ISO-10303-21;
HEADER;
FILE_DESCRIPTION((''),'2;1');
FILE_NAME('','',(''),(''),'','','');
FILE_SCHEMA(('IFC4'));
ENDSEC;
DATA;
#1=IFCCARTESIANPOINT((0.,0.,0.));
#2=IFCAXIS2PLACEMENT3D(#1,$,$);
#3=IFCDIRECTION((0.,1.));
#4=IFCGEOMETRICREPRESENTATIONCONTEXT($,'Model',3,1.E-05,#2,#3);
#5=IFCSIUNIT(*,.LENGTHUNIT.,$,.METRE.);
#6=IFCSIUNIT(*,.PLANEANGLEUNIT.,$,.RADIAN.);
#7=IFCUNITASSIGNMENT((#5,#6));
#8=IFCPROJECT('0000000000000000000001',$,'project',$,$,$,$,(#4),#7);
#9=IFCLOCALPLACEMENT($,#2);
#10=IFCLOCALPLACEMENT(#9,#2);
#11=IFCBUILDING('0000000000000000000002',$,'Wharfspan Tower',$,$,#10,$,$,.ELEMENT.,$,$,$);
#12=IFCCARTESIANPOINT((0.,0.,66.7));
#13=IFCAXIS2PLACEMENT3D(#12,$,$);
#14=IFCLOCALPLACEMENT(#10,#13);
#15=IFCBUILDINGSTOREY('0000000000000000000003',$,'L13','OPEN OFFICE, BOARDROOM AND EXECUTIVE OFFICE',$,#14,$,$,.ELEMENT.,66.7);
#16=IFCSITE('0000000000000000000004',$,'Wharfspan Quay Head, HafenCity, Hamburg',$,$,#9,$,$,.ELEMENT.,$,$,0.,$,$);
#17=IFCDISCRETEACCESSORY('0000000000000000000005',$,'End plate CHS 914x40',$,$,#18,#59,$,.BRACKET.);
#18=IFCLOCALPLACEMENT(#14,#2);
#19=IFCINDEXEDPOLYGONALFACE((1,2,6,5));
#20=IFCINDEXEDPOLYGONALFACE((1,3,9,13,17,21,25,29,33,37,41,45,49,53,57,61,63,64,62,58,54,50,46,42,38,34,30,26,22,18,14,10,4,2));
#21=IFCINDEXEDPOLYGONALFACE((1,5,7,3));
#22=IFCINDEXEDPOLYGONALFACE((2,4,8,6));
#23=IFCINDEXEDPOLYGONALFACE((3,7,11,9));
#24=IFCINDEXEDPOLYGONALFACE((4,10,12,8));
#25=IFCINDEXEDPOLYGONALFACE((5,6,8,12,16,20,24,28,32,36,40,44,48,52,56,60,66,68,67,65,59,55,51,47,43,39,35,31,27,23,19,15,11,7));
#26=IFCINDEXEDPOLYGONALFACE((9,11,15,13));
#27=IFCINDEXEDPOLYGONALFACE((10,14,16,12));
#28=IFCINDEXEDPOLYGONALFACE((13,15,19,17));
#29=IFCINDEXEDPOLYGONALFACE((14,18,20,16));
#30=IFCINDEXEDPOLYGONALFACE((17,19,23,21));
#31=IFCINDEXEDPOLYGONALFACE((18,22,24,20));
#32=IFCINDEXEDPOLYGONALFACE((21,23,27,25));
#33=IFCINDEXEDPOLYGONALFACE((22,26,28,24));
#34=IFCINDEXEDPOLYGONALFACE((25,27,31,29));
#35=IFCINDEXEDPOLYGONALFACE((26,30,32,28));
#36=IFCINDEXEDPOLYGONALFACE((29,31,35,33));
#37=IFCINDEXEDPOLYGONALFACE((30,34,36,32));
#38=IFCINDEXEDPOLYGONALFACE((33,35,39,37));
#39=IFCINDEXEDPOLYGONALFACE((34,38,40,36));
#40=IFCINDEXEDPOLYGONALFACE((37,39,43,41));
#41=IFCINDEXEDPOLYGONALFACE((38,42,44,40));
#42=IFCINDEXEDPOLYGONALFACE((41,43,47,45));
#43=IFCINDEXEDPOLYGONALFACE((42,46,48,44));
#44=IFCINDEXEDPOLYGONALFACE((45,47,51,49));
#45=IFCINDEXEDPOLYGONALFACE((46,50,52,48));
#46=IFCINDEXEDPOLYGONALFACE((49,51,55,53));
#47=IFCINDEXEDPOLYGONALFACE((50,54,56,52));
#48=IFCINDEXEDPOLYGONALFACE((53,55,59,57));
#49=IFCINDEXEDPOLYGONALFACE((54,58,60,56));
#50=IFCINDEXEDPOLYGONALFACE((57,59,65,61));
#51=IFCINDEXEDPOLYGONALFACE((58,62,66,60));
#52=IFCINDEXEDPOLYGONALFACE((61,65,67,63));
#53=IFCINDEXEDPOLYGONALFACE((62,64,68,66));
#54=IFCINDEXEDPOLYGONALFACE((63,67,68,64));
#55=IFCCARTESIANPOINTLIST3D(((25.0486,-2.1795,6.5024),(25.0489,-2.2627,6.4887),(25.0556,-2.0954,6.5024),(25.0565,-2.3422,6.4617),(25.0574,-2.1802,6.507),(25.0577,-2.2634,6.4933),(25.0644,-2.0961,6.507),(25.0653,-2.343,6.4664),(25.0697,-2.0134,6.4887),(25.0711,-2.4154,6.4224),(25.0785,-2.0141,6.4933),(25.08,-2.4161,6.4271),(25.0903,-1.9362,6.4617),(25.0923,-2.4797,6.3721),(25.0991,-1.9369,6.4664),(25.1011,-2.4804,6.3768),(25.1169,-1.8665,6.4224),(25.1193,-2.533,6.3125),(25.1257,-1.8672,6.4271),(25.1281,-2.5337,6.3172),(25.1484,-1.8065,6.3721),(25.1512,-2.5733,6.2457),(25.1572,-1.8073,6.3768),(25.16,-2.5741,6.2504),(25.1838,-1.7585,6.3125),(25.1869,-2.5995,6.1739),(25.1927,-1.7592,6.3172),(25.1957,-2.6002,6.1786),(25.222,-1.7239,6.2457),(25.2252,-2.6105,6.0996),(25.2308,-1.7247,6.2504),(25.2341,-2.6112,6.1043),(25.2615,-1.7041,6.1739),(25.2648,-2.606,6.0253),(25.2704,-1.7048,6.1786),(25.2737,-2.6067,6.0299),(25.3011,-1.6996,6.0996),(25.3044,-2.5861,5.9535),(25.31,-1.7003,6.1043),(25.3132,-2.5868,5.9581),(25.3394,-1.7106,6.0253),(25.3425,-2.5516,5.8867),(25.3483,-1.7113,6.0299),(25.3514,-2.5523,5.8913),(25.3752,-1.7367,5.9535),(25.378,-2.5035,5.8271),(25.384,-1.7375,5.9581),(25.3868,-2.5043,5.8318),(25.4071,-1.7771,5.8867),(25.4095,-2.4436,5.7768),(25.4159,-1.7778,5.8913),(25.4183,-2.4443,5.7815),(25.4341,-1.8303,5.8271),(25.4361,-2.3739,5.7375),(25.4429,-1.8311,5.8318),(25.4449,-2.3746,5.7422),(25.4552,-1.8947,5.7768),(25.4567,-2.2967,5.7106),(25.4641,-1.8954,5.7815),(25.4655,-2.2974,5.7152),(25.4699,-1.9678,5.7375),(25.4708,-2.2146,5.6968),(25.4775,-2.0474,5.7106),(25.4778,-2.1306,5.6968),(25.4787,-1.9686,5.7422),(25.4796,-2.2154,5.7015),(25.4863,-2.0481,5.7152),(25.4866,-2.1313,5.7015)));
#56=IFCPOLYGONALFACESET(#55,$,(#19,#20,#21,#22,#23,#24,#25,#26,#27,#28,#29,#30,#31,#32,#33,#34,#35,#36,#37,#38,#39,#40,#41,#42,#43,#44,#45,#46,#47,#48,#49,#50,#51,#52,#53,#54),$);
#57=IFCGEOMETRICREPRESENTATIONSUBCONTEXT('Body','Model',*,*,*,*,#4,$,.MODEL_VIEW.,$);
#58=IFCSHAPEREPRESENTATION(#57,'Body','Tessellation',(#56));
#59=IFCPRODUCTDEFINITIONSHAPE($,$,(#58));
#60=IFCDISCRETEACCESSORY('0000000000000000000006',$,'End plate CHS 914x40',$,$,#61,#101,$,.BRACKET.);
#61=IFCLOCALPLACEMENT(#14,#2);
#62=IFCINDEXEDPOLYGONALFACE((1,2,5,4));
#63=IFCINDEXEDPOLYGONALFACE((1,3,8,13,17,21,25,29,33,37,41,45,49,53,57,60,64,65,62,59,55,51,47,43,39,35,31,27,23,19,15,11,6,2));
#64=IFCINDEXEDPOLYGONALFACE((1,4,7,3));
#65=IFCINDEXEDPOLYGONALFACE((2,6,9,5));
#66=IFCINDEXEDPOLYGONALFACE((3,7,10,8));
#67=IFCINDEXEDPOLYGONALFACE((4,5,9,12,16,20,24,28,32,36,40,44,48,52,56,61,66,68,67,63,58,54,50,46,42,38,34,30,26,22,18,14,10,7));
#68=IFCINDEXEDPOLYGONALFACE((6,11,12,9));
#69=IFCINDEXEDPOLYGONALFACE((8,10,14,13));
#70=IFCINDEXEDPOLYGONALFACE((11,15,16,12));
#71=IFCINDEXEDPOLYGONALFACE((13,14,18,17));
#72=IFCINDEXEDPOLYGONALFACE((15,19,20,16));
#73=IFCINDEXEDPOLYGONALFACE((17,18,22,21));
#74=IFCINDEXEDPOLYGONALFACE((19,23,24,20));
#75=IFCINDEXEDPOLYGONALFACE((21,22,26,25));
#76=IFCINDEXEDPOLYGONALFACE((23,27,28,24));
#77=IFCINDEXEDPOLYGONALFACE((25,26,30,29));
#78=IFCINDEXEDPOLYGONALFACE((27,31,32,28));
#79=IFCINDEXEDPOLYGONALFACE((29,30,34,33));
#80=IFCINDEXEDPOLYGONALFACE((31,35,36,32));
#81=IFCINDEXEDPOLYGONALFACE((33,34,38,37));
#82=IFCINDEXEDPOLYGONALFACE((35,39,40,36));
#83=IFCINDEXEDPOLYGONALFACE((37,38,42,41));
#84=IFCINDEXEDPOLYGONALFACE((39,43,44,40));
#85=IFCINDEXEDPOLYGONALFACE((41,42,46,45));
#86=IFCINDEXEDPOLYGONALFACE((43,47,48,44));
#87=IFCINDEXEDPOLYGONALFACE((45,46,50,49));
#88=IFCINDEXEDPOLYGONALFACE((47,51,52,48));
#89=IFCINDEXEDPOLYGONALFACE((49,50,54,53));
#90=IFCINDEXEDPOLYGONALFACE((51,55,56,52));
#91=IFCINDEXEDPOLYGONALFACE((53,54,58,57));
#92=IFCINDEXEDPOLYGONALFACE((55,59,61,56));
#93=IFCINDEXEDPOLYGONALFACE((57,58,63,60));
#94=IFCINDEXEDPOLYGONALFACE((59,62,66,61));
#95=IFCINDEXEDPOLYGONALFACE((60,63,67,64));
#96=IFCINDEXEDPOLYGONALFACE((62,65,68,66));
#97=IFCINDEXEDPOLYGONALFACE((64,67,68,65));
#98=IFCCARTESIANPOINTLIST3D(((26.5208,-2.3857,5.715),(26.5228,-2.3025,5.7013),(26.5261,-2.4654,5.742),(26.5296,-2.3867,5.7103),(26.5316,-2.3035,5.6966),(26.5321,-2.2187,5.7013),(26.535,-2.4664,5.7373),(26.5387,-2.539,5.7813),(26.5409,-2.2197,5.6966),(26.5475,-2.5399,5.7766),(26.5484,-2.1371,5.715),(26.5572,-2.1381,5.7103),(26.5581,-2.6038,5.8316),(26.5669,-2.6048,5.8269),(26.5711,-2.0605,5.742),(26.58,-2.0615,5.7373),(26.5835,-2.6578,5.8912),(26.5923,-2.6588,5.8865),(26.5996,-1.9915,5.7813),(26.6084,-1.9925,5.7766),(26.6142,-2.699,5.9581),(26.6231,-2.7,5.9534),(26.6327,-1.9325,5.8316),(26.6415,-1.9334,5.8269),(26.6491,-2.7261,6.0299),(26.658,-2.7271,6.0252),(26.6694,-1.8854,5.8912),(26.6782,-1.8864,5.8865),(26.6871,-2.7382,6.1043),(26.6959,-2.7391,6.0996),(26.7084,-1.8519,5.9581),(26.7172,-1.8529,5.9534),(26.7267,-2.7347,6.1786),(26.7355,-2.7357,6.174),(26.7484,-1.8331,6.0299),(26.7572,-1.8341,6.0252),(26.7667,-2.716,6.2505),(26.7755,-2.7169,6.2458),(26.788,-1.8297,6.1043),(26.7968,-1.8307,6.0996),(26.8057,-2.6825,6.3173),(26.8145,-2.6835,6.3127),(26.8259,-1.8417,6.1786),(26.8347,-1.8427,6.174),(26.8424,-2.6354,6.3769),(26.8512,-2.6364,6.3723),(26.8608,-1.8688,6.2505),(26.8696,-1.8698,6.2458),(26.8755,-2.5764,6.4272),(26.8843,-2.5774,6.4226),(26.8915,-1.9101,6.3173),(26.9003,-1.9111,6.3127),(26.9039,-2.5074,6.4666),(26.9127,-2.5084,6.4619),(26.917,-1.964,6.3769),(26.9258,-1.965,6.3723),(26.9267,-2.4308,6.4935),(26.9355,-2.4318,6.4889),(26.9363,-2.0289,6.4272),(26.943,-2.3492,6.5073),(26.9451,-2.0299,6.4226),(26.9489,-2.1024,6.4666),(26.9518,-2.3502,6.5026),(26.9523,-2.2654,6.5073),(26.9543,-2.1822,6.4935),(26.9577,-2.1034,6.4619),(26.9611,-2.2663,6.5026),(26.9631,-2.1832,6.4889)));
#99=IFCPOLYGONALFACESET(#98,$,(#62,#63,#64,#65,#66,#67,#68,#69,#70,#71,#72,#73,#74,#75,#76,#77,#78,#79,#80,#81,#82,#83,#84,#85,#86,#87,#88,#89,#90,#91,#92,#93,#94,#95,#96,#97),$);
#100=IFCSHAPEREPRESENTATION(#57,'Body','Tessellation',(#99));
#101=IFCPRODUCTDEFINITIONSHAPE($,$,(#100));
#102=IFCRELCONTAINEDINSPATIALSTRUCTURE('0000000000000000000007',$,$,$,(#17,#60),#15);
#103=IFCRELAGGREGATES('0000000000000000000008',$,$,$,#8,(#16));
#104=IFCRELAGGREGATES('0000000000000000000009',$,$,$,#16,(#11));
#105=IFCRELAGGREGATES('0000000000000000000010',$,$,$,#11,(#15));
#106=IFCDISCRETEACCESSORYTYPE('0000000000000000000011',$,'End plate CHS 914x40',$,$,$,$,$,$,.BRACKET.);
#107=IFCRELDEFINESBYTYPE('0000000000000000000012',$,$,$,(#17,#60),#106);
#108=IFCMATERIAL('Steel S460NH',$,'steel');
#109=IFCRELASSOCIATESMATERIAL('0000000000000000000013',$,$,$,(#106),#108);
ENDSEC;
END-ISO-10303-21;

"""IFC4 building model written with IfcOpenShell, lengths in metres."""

from ifc_helpers import new_model, si_unit, direction, frame, origin, origin_2d, place, context, subcontext, project, spatial, circle, extrude, material, material_profile, profile_set, type_object, element, save


model = new_model("IFC4")

# Units and contexts
model_context = context("Model", 3, precision=1e-05, world=origin(), true_north=direction((0.0, 1.0)))
body_context = subcontext(model_context, "Body", "Model", "MODEL_VIEW")
ifc_project = project(units=[si_unit("LENGTHUNIT", "METRE"), si_unit("PLANEANGLEUNIT", "RADIAN")], contexts=[model_context])

# Site, building, storey
site_placement = place(None, origin())
site = spatial("IfcSite", under=ifc_project, at=site_placement, Name="Wharfspan Quay Head, HafenCity, Hamburg", CompositionType="ELEMENT", RefElevation=0.0)
building_placement = place(site_placement, origin())
building = spatial("IfcBuilding", under=site, at=building_placement, Name="Wharfspan Tower", CompositionType="ELEMENT")
storey_placement = place(building_placement, frame((0.0, 0.0, 66.7)))
storey = spatial("IfcBuildingStorey", under=building, at=storey_placement, Name="L13", Description="OPEN OFFICE, BOARDROOM AND EXECUTIVE OFFICE", CompositionType="ELEMENT", Elevation=66.7)

# Shared definitions
ifc_material_1 = material(Name="Steel S460NH", Category="steel")

# Discrete accessories
ifc_material_profile_1 = material_profile(ifc_material_1, circle(Radius=0.457, at=origin_2d()))
ifc_profile_set_1 = profile_set([ifc_material_profile_1], Name="Steel S460NH")
discrete_accessory_type = type_object("IfcDiscreteAccessoryType", Name="End plate CHS 914x40", PredefinedType="BRACKET", material=ifc_profile_set_1)
for number, where, z_axis, x_axis, name in (
    (1, (25.2632, -2.155, 6.0996), (0.881993, -0.073499, 0.465496), (0.083046, 0.996545, -0.000002), "End plate CHS 914x40"),
    (2, (26.7463, -2.2849, 6.0996), (-0.880146, 0.097794, 0.464521), (-0.110432, -0.993888, 0.0), "End plate CHS 914x40"),
):
    element("IfcDiscreteAccessory", number, at=place(storey_placement, frame(where, z_axis=z_axis, x_axis=x_axis)), inside=storey, type_object=discrete_accessory_type, Name=name, PredefinedType="BRACKET", context=body_context, shape_type="SweptSolid", body=[
        extrude(circle(Radius=0.457, at=origin_2d()), origin(), (0.0, 0.0, 1.0), 0.01),
    ])

save(model, "model.ifc")
